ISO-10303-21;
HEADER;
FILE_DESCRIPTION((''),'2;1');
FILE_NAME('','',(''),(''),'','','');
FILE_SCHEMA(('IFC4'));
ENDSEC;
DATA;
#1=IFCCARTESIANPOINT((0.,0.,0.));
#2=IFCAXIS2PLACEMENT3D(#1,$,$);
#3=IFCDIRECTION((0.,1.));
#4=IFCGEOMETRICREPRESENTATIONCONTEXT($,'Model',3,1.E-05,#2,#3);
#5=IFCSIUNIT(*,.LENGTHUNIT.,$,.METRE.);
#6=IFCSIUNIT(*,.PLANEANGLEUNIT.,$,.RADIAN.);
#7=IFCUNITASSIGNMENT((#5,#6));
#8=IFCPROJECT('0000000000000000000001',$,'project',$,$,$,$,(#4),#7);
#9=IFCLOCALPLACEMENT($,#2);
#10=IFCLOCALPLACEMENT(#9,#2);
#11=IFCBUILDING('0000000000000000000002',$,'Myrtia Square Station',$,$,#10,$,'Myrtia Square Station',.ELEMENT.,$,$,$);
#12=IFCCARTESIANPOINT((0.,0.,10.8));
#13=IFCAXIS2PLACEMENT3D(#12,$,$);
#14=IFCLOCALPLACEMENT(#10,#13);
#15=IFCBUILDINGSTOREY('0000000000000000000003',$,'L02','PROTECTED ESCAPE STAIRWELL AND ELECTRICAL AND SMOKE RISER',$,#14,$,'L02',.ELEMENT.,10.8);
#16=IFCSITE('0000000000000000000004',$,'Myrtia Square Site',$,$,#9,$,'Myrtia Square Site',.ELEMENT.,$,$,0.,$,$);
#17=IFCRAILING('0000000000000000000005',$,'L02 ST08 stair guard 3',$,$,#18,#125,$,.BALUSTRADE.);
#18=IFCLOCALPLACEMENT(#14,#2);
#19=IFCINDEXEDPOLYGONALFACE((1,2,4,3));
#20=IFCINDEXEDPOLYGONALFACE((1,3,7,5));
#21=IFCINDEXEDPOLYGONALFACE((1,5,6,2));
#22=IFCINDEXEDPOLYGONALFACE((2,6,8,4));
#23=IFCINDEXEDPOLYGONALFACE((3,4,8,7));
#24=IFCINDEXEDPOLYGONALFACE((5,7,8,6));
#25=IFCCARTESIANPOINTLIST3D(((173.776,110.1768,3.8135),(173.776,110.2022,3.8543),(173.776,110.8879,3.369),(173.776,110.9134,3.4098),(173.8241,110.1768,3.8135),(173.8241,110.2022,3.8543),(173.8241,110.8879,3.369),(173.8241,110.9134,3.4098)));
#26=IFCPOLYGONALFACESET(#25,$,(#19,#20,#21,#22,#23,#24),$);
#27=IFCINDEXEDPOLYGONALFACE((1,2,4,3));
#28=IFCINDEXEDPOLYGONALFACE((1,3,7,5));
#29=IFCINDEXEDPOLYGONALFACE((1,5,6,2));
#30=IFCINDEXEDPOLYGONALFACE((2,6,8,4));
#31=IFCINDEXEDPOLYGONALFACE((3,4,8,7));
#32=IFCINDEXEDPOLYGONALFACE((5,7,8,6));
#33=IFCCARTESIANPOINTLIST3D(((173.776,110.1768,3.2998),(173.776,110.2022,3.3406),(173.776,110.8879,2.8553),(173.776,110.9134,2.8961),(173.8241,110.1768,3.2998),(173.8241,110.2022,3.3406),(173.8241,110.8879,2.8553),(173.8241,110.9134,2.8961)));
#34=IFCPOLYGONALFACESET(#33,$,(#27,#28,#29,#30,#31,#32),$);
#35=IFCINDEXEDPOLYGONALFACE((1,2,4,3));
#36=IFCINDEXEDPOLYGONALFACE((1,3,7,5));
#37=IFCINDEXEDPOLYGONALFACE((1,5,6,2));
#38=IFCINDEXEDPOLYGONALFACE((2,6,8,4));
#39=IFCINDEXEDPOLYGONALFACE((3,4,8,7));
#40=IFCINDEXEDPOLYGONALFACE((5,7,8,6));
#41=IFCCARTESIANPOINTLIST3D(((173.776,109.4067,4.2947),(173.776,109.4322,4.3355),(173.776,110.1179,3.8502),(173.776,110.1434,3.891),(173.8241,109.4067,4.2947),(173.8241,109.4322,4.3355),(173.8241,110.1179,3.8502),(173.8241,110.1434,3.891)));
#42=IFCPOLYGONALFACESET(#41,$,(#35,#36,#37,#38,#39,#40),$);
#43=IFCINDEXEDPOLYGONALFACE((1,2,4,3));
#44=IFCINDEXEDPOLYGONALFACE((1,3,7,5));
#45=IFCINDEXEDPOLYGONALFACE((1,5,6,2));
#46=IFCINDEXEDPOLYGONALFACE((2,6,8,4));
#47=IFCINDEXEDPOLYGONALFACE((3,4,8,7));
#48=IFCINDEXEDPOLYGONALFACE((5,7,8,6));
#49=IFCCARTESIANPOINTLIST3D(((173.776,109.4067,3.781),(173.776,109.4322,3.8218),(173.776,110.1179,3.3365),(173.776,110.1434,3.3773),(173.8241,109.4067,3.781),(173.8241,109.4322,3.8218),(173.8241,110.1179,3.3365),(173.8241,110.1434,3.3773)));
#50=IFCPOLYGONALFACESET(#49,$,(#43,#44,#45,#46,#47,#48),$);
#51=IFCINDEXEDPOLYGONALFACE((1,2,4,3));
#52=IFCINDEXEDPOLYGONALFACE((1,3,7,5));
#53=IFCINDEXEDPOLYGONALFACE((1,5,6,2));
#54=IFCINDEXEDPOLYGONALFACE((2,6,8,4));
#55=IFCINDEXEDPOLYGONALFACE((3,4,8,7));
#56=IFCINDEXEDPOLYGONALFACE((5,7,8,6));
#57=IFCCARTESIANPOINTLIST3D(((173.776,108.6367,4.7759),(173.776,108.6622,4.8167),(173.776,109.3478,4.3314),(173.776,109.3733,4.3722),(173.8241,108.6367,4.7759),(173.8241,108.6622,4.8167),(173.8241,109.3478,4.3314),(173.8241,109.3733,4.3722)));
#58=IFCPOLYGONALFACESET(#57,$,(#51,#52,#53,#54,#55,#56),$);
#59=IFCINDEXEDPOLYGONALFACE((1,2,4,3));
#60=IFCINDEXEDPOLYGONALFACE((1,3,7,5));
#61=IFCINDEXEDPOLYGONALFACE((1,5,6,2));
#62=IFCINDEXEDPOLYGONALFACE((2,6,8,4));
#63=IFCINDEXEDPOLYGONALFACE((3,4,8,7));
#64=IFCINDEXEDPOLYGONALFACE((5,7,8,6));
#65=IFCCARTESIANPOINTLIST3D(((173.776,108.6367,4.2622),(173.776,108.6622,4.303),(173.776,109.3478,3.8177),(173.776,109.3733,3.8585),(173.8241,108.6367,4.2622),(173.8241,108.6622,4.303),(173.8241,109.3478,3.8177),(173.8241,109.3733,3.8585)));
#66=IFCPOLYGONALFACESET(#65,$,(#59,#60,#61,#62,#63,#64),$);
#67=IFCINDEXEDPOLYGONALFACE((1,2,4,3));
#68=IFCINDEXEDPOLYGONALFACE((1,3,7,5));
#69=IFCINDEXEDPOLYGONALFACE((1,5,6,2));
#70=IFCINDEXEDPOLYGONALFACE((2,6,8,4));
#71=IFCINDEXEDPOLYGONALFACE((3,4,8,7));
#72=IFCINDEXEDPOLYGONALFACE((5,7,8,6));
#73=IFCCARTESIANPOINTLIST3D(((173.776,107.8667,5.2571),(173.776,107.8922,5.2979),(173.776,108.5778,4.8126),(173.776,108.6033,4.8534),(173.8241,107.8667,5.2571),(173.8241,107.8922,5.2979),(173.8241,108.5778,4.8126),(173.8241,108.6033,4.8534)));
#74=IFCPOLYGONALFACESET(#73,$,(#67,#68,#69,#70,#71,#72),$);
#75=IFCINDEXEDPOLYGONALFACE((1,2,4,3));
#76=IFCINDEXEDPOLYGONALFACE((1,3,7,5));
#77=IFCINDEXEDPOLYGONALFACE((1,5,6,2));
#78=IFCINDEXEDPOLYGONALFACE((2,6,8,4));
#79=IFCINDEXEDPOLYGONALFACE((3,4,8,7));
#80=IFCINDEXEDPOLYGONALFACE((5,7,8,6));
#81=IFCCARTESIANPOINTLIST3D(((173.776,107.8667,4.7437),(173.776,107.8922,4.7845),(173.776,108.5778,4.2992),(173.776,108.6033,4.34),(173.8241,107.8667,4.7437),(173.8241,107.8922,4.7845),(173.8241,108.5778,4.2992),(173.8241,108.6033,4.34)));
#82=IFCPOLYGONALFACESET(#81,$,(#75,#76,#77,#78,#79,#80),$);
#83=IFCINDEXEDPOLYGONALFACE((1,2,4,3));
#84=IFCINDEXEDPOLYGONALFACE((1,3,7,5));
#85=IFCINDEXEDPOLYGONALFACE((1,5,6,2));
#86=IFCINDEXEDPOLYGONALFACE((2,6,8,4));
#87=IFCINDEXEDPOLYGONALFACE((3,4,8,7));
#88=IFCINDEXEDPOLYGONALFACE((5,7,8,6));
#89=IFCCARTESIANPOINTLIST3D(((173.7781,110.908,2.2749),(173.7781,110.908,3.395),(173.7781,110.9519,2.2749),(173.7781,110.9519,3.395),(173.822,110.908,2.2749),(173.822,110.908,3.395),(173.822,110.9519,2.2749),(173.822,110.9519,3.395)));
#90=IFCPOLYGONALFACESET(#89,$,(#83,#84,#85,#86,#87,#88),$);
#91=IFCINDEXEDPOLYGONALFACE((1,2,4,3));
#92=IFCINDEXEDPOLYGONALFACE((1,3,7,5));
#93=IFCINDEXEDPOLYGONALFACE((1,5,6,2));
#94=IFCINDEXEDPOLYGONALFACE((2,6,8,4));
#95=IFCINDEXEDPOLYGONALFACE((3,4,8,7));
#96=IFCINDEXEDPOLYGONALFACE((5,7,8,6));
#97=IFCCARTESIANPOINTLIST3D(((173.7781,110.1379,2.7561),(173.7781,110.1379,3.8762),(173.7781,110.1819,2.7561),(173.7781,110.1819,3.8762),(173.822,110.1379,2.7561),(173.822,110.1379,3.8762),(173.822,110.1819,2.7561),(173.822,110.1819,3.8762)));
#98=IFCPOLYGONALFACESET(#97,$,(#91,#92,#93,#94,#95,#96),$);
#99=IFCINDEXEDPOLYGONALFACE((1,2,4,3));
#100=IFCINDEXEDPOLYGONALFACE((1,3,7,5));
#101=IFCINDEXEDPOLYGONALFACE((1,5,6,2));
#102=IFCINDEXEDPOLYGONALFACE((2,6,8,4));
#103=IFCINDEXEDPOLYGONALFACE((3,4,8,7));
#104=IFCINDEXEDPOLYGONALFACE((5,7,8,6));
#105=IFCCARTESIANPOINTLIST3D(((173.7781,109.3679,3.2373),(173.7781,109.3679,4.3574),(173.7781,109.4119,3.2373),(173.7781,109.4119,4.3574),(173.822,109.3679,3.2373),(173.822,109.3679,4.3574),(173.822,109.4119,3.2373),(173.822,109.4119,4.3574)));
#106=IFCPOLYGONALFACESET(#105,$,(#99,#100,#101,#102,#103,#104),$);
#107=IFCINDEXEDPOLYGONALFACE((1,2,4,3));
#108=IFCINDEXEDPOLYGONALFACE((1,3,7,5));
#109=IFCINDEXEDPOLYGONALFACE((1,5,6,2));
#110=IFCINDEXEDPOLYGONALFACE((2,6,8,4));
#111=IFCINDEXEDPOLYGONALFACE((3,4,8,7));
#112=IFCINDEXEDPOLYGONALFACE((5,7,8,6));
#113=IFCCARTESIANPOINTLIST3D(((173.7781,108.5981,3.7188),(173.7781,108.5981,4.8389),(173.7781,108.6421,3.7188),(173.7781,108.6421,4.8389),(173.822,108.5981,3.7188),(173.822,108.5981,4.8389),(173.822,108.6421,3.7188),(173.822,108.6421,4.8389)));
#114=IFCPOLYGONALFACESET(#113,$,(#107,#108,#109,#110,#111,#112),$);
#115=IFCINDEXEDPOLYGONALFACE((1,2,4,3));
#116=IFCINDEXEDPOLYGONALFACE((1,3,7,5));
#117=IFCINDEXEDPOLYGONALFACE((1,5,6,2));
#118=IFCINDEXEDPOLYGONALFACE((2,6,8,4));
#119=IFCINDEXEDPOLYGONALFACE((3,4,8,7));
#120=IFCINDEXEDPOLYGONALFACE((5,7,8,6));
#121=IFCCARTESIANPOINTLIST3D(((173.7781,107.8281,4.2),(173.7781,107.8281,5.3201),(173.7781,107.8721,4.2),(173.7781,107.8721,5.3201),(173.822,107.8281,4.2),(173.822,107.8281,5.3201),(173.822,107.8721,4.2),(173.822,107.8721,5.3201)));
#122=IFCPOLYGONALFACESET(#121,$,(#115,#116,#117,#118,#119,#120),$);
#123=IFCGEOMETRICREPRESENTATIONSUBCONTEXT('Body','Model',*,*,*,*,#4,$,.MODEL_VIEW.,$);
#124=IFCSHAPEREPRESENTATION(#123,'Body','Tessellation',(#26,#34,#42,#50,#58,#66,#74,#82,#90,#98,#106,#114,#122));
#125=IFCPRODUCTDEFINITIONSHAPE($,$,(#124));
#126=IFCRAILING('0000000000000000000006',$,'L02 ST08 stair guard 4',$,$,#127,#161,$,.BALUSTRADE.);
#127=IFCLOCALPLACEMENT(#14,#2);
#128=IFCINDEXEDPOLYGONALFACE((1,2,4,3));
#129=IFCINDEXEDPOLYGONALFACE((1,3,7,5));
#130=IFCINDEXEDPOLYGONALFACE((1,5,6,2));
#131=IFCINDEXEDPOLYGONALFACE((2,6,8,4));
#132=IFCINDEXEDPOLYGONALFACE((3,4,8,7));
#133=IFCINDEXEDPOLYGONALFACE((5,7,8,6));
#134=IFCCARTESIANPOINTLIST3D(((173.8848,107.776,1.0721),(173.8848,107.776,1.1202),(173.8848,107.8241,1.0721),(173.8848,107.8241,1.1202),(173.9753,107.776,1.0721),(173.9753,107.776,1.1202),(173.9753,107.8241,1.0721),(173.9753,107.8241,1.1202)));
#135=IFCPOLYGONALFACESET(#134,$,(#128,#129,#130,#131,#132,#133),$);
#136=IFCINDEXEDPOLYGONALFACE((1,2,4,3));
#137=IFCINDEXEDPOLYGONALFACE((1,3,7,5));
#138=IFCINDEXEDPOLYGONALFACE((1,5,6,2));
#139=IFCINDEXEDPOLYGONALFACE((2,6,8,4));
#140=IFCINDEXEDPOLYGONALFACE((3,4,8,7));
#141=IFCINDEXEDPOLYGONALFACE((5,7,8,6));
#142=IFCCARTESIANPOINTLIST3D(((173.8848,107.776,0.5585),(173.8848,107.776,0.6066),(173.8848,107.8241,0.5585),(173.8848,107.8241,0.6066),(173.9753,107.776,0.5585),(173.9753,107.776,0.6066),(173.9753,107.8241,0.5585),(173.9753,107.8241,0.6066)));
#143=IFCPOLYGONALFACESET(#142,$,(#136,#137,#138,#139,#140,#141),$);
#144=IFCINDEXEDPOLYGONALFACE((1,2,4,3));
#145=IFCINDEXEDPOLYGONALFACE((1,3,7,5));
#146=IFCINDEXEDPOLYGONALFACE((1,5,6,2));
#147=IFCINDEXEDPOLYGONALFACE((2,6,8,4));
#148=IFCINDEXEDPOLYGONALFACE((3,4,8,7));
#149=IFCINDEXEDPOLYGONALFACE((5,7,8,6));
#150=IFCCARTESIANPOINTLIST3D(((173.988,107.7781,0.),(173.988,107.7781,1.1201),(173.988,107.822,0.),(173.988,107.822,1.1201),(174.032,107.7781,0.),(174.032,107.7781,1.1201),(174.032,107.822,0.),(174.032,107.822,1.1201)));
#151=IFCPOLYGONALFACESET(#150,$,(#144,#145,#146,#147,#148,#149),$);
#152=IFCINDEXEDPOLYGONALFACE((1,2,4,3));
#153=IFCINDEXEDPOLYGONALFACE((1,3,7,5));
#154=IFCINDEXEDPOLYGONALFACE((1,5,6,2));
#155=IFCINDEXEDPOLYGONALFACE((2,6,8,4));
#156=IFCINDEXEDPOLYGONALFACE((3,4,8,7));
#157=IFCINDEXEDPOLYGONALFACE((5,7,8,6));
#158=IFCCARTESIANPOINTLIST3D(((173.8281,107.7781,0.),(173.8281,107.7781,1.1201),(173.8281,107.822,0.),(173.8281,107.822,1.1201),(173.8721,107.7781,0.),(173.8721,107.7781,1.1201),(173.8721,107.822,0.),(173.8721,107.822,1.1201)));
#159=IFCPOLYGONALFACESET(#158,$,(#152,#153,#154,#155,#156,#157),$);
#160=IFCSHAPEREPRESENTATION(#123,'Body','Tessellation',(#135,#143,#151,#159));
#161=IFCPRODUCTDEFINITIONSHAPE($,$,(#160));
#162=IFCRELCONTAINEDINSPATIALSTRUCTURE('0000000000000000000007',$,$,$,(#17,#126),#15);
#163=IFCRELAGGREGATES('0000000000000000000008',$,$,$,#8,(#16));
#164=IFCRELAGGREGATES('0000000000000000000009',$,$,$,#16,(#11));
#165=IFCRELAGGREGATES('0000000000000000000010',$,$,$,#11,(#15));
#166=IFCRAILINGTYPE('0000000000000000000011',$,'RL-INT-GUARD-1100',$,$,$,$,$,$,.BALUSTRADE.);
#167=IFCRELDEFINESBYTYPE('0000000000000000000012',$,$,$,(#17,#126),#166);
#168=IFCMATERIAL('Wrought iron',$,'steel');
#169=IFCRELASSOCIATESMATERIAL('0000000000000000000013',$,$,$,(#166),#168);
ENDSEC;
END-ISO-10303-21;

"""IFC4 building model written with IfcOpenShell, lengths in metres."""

from ifc_helpers import new_model, si_unit, direction, frame, origin, origin_2d, place, context, subcontext, project, spatial, rectangle, extrude, material, type_object, element, save


model = new_model("IFC4")

# Units and contexts
model_context = context("Model", 3, precision=1e-05, world=origin(), true_north=direction((0.0, 1.0)))
body_context = subcontext(model_context, "Body", "Model", "MODEL_VIEW")
ifc_project = project(units=[si_unit("LENGTHUNIT", "METRE"), si_unit("PLANEANGLEUNIT", "RADIAN")], contexts=[model_context])

# Site, building, storey
site_placement = place(None, origin())
site = spatial("IfcSite", under=ifc_project, at=site_placement, Name="Myrtia Square Site", LongName="Myrtia Square Site", CompositionType="ELEMENT", RefElevation=0.0)
building_placement = place(site_placement, origin())
building = spatial("IfcBuilding", under=site, at=building_placement, Name="Myrtia Square Station", LongName="Myrtia Square Station", CompositionType="ELEMENT")
storey_placement = place(building_placement, frame((0.0, 0.0, 10.8)))
storey = spatial("IfcBuildingStorey", under=building, at=storey_placement, Name="L02", Description="PROTECTED ESCAPE STAIRWELL AND ELECTRICAL AND SMOKE RISER", LongName="L02", CompositionType="ELEMENT", Elevation=10.8)

# Railings
ifc_material_1 = material(Name="Wrought iron", Category="steel")
railing_type_1 = type_object("IfcRailingType", Name="RL-INT-GUARD-1100", PredefinedType="BALUSTRADE", material=ifc_material_1)
railing_1_placement = place(storey_placement, frame((173.8, 110.9299, 2.2749)))
element("IfcRailing", 1, at=railing_1_placement, inside=storey, type_object=railing_type_1, Name="L02 ST08 stair guard 3", PredefinedType="BALUSTRADE", context=body_context, shape_type="SweptSolid", body=[
    extrude(rectangle(XDim=0.0481, YDim=0.0481, at=origin_2d()), frame((0.0, -0.0293, 1.1145), z_axis=(0.0, -0.847979, 0.530029), x_axis=(1.0, 0.0, 0.0)), (0.0, 0.0, 1.0), 0.8386),
    extrude(rectangle(XDim=0.0481, YDim=0.0481, at=origin_2d()), frame((0.0, -0.0293, 0.6008), z_axis=(0.0, -0.847979, 0.530029), x_axis=(1.0, 0.0, 0.0)), (0.0, 0.0, 1.0), 0.8386),
    extrude(rectangle(XDim=0.0481, YDim=0.0481, at=origin_2d()), frame((0.0, -0.7993, 1.5957), z_axis=(0.0, -0.847979, 0.530029), x_axis=(1.0, 0.0, 0.0)), (0.0, 0.0, 1.0), 0.8386),
    extrude(rectangle(XDim=0.0481, YDim=0.0481, at=origin_2d()), frame((0.0, -0.7993, 1.082), z_axis=(0.0, -0.847979, 0.530029), x_axis=(1.0, 0.0, 0.0)), (0.0, 0.0, 1.0), 0.8386),
    extrude(rectangle(XDim=0.0481, YDim=0.0481, at=origin_2d()), frame((0.0, -1.5693, 2.0769), z_axis=(0.0, -0.847979, 0.530029), x_axis=(1.0, 0.0, 0.0)), (0.0, 0.0, 1.0), 0.8386),
    extrude(rectangle(XDim=0.0481, YDim=0.0481, at=origin_2d()), frame((0.0, -1.5693, 1.5632), z_axis=(0.0, -0.847979, 0.530029), x_axis=(1.0, 0.0, 0.0)), (0.0, 0.0, 1.0), 0.8386),
    extrude(rectangle(XDim=0.0481, YDim=0.0481, at=origin_2d()), frame((0.0, -2.3394, 2.5581), z_axis=(0.0, -0.847979, 0.530029), x_axis=(1.0, 0.0, 0.0)), (0.0, 0.0, 1.0), 0.8386),
    extrude(rectangle(XDim=0.0481, YDim=0.0481, at=origin_2d()), frame((0.0, -2.3394, 2.0447), z_axis=(0.0, -0.847979, 0.530029), x_axis=(1.0, 0.0, 0.0)), (0.0, 0.0, 1.0), 0.8386),
    extrude(rectangle(XDim=0.0439, YDim=0.0439, at=origin_2d()), origin(), (0.0, 0.0, 1.0), 1.1201),
    extrude(rectangle(XDim=0.0439, YDim=0.0439, at=origin_2d()), frame((0.0, -0.77, 0.4812)), (0.0, 0.0, 1.0), 1.1201),
    extrude(rectangle(XDim=0.0439, YDim=0.0439, at=origin_2d()), frame((0.0, -1.54, 0.9624)), (0.0, 0.0, 1.0), 1.1201),
    extrude(rectangle(XDim=0.0439, YDim=0.0439, at=origin_2d()), frame((0.0, -2.3098, 1.4438)), (0.0, 0.0, 1.0), 1.1201),
    extrude(rectangle(XDim=0.0439, YDim=0.0439, at=origin_2d()), frame((0.0, -3.0798, 1.925)), (0.0, 0.0, 1.0), 1.1201),
])
railing_2_placement = place(storey_placement, frame((174.01, 107.8, 0.0)))
element("IfcRailing", 2, at=railing_2_placement, inside=storey, type_object=railing_type_1, Name="L02 ST08 stair guard 4", PredefinedType="BALUSTRADE", context=body_context, shape_type="SweptSolid", body=[
    extrude(rectangle(XDim=0.0481, YDim=0.0481, at=origin_2d()), frame((-0.0347, 0.0, 1.0962), z_axis=(-1.0, 0.0, 0.0), x_axis=(0.0, -1.0, 0.0)), (0.0, 0.0, 1.0), 0.0906),
    extrude(rectangle(XDim=0.0481, YDim=0.0481, at=origin_2d()), frame((-0.0347, 0.0, 0.5825), z_axis=(-1.0, 0.0, 0.0), x_axis=(0.0, -1.0, 0.0)), (0.0, 0.0, 1.0), 0.0906),
    extrude(rectangle(XDim=0.0439, YDim=0.0439, at=origin_2d()), origin(), (0.0, 0.0, 1.0), 1.1201),
    extrude(rectangle(XDim=0.0439, YDim=0.0439, at=origin_2d()), frame((-0.1599, 0.0, 0.0)), (0.0, 0.0, 1.0), 1.1201),
])

save(model, "model.ifc")
